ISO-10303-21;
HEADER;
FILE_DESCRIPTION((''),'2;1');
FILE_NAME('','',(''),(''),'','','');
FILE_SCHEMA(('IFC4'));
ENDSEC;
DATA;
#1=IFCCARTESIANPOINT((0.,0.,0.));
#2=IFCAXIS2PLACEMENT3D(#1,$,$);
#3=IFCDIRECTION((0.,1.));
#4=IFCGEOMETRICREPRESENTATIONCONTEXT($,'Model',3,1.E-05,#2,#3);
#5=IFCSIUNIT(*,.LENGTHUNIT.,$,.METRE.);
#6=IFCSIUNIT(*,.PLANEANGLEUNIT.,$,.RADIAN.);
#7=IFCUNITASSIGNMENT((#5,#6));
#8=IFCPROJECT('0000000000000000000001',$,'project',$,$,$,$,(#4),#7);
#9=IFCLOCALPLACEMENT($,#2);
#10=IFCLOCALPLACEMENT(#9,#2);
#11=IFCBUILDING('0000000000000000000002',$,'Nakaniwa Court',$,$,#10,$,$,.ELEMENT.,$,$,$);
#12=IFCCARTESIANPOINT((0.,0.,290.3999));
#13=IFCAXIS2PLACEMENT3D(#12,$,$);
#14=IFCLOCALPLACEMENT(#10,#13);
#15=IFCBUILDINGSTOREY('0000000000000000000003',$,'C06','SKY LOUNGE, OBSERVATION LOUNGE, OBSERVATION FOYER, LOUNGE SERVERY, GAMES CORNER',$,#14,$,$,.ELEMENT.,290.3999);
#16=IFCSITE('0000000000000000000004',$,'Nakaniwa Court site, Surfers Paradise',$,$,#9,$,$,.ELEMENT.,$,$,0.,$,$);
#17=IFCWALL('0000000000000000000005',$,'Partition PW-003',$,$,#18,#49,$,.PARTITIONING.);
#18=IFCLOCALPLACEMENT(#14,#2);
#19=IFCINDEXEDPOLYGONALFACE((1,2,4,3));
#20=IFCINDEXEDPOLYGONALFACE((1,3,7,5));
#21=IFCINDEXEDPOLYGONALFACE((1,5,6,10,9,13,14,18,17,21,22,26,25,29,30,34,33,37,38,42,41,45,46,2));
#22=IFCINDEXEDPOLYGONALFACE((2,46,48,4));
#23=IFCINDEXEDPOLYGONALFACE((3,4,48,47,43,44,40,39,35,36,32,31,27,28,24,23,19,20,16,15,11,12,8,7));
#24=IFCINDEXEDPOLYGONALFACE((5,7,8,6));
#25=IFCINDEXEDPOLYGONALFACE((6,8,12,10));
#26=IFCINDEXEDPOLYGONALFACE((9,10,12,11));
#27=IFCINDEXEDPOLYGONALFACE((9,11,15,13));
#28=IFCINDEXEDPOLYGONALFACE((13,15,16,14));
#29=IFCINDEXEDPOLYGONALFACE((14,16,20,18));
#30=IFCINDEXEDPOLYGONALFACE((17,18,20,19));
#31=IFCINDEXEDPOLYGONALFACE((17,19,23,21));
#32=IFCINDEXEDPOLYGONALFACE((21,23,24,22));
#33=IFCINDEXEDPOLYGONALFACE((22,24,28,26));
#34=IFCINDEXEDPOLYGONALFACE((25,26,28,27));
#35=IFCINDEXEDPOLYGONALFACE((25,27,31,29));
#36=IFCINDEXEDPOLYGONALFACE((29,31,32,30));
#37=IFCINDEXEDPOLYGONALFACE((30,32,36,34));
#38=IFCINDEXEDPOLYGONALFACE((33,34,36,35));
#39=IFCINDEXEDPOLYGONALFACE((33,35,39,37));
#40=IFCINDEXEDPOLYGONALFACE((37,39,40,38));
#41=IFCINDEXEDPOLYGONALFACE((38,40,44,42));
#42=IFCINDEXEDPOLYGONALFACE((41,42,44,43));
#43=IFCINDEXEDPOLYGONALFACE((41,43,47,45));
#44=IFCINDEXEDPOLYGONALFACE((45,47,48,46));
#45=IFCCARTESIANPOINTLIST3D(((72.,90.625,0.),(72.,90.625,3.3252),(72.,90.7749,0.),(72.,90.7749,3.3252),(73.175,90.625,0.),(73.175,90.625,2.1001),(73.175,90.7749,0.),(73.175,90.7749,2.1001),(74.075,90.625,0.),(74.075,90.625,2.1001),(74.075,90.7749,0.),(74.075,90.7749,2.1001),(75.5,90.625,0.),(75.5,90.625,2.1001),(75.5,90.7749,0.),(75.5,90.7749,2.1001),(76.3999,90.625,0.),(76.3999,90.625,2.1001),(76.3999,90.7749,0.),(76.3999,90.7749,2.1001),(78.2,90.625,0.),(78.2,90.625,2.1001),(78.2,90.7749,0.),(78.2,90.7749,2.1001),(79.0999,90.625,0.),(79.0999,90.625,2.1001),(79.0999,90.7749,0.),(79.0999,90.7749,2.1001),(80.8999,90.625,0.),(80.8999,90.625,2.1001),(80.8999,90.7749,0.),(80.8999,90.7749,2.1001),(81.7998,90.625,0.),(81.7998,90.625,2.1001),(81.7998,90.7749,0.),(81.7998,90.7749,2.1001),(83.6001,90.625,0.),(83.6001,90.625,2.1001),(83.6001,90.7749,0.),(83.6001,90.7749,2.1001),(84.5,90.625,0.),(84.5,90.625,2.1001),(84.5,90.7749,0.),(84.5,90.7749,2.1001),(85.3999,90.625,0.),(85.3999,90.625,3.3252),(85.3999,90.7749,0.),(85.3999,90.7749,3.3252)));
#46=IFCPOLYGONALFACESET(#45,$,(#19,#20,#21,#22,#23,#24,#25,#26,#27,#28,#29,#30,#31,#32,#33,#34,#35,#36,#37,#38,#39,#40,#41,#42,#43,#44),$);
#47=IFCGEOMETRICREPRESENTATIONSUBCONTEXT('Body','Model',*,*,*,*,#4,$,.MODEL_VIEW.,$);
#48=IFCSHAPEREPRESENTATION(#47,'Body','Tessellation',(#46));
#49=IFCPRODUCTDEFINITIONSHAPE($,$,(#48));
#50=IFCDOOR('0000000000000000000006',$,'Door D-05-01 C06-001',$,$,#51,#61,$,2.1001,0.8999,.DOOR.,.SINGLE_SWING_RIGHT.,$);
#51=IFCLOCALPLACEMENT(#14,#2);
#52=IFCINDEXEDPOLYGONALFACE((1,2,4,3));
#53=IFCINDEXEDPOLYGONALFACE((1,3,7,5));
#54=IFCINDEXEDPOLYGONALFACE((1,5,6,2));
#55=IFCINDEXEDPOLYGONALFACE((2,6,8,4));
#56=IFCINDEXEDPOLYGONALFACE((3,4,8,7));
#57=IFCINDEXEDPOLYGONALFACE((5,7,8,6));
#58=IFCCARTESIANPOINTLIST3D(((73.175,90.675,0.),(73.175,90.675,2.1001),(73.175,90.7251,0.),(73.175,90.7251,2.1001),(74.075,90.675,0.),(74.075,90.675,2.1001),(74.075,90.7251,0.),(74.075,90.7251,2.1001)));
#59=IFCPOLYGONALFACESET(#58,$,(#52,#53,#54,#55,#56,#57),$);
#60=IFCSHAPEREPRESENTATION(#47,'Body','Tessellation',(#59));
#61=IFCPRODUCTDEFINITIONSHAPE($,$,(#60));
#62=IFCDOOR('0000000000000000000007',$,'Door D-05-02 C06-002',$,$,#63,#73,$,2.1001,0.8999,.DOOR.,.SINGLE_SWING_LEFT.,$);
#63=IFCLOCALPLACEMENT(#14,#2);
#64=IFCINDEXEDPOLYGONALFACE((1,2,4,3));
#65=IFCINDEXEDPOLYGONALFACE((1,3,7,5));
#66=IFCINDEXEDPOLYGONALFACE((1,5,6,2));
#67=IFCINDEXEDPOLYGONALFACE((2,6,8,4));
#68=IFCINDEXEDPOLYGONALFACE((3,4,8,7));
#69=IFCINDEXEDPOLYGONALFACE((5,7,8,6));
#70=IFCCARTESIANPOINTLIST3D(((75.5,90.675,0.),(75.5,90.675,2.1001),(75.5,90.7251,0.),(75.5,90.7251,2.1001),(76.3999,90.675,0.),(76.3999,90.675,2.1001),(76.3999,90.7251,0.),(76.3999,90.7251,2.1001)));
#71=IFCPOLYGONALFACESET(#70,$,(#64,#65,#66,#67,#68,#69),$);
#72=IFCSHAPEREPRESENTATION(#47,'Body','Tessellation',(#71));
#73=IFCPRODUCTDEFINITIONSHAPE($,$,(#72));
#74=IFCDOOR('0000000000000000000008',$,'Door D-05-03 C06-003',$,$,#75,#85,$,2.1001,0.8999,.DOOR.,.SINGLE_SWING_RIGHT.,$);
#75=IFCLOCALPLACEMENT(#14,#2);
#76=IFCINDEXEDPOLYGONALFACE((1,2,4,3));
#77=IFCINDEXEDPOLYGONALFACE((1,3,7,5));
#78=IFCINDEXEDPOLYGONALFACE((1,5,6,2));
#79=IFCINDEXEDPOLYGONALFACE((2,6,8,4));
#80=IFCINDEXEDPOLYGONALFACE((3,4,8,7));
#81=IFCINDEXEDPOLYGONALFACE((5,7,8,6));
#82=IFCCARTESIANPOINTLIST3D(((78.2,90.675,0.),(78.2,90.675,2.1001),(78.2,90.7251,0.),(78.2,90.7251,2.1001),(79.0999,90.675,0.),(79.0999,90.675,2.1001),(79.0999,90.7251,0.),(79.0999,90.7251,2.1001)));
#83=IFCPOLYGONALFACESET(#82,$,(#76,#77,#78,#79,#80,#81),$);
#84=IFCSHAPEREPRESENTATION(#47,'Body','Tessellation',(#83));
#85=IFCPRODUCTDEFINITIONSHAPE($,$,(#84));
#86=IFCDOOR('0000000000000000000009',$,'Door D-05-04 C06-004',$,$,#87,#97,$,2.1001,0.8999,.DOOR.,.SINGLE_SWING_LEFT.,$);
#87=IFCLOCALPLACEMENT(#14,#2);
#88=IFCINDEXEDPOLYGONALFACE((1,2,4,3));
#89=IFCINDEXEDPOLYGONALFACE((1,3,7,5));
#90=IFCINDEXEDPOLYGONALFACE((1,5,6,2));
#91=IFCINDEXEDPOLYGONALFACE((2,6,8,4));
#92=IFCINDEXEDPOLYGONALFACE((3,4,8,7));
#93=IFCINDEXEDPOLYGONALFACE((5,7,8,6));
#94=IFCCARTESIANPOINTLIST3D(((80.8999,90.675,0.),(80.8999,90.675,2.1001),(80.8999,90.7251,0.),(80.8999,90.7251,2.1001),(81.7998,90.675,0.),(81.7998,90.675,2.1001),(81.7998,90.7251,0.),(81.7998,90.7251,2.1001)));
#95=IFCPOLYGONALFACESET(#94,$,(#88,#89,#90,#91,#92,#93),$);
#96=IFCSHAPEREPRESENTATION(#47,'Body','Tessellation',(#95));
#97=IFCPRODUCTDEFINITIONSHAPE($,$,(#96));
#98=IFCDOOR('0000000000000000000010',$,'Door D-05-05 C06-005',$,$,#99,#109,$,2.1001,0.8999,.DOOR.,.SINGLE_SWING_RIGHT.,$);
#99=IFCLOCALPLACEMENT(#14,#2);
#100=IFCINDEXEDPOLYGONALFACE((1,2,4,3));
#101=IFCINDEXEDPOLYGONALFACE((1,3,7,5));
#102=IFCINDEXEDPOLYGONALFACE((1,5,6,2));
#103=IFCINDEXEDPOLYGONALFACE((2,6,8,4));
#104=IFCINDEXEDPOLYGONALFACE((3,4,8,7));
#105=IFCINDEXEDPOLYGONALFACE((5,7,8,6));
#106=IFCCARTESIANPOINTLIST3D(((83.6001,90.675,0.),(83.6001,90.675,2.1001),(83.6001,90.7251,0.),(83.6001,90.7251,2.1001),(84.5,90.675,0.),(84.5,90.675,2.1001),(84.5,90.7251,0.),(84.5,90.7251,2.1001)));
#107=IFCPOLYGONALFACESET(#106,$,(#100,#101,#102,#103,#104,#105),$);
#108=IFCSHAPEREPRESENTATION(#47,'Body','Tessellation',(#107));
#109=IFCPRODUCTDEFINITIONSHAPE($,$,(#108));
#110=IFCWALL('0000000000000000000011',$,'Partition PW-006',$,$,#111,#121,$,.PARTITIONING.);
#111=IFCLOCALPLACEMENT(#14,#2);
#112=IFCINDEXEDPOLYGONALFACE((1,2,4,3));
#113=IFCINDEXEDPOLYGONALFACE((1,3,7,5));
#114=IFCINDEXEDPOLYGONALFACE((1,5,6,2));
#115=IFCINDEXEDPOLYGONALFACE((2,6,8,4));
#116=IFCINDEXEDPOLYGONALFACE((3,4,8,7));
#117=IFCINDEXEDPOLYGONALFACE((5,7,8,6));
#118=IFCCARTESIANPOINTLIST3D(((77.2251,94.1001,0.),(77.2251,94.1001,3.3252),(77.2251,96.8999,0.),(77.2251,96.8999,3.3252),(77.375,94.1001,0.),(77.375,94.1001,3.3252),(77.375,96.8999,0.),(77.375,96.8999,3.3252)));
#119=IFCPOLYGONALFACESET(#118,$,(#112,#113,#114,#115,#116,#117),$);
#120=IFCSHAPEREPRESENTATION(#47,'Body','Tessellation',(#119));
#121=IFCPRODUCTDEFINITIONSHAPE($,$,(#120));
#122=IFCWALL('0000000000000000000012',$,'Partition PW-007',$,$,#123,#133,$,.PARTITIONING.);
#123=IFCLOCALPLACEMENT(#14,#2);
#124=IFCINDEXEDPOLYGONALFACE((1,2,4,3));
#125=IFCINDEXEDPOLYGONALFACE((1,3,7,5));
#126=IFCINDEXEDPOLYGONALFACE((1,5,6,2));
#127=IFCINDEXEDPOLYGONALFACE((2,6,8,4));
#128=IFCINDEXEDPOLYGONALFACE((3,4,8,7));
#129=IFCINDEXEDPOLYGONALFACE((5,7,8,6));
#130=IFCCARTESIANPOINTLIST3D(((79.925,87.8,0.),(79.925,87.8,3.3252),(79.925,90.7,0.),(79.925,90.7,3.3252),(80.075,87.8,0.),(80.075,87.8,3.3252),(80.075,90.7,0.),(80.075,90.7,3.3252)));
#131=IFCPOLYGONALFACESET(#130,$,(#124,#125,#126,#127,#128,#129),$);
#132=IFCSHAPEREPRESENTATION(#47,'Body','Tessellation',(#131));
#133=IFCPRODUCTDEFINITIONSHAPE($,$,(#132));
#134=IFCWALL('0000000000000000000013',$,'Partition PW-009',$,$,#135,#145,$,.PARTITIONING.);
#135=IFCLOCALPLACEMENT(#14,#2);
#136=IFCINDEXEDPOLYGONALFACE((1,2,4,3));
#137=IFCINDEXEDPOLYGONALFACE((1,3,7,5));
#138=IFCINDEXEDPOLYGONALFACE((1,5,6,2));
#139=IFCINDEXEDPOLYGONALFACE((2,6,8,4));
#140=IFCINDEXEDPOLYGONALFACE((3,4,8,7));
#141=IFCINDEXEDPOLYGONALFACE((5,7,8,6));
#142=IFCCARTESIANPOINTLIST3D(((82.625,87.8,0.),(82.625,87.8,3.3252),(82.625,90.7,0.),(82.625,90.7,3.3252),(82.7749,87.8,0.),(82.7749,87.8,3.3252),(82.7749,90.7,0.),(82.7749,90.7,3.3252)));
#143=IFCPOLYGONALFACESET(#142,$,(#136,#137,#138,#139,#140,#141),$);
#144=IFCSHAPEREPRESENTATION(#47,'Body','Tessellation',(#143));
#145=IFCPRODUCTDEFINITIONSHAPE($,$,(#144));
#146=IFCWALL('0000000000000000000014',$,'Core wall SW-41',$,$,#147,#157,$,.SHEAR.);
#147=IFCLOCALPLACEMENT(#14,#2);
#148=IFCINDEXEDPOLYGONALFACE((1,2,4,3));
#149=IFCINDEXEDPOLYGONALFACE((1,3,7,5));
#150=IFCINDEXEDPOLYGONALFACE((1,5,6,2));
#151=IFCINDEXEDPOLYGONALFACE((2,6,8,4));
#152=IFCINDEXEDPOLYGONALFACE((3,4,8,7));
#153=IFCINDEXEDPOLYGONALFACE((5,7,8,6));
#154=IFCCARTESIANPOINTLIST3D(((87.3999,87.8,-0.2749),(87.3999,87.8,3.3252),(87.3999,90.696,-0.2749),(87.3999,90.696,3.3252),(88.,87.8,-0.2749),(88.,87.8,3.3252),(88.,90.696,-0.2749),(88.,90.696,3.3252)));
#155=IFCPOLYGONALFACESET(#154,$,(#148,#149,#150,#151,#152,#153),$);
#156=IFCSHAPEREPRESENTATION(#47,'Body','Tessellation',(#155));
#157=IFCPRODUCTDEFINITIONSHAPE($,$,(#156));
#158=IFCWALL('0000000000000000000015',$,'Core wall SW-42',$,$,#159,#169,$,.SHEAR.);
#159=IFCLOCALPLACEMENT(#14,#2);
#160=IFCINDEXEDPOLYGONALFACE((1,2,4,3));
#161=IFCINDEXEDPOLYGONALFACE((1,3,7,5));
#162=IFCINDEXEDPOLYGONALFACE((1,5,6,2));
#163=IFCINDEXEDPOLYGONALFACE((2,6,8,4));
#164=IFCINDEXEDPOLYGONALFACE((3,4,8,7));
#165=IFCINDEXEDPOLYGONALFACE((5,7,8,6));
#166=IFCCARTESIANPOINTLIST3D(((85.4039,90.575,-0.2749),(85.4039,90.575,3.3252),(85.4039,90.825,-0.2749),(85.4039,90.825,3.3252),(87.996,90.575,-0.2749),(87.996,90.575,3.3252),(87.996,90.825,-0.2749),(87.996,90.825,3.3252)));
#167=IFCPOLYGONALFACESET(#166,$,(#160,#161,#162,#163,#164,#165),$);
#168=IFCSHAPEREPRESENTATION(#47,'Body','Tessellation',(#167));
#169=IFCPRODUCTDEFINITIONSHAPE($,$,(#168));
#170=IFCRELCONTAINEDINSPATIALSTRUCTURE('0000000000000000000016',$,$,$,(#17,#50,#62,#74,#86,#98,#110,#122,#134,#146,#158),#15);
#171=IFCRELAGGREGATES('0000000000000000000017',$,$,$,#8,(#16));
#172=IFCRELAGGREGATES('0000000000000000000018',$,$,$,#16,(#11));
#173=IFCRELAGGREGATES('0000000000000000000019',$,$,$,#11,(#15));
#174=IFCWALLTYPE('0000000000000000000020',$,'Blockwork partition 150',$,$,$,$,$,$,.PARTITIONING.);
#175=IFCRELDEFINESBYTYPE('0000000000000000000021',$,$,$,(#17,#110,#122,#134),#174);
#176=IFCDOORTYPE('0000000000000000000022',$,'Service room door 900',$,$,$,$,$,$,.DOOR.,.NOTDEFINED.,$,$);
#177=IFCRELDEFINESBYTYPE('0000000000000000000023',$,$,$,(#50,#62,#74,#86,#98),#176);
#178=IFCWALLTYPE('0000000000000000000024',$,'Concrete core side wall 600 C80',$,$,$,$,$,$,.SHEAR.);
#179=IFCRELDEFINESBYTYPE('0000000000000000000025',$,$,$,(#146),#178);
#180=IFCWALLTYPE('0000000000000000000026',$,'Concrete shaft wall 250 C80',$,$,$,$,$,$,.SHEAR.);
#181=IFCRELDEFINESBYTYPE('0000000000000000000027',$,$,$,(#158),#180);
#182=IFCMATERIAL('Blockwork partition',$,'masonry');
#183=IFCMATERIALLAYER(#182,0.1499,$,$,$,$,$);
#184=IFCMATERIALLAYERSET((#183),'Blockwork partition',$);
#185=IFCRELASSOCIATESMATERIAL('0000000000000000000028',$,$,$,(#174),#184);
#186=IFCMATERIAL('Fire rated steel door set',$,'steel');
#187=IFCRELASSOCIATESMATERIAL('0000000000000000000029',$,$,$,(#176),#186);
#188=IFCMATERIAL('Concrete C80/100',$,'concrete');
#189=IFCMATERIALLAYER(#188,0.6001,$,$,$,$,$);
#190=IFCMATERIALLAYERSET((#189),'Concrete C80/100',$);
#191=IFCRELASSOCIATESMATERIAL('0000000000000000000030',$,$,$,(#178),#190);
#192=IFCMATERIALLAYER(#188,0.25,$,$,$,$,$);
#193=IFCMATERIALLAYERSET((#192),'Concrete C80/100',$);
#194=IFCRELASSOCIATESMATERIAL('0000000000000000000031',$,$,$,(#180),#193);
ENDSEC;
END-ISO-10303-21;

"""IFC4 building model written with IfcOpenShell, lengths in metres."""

from ifc_helpers import new_model, si_unit, direction, frame, frame_2d, origin, place, context, subcontext, project, spatial, rectangle, extrude, material, layer, layer_set, type_object, element, fill, save


model = new_model("IFC4")

# Units and contexts
model_context = context("Model", 3, precision=1e-05, world=origin(), true_north=direction((0.0, 1.0)))
body_context = subcontext(model_context, "Body", "Model", "MODEL_VIEW")
ifc_project = project(units=[si_unit("LENGTHUNIT", "METRE"), si_unit("PLANEANGLEUNIT", "RADIAN")], contexts=[model_context])

# Site, building, storey
site_placement = place(None, origin())
site = spatial("IfcSite", under=ifc_project, at=site_placement, Name="Nakaniwa Court site, Surfers Paradise", CompositionType="ELEMENT", RefElevation=0.0)
building_placement = place(site_placement, origin())
building = spatial("IfcBuilding", under=site, at=building_placement, Name="Nakaniwa Court", CompositionType="ELEMENT")
storey_placement = place(building_placement, frame((0.0, 0.0, 290.3999)))
storey = spatial("IfcBuildingStorey", under=building, at=storey_placement, Name="C06", Description="SKY LOUNGE, OBSERVATION LOUNGE, OBSERVATION FOYER, LOUNGE SERVERY, GAMES CORNER", CompositionType="ELEMENT", Elevation=290.3999)

# Shared definitions
ifc_material_1 = material(Name="Concrete C80/100", Category="concrete")

# Wall, openings, doors
ifc_material_2 = material(Name="Blockwork partition", Category="masonry")
ifc_layer_1 = layer(ifc_material_2, 0.1499)
ifc_layer_set_1 = layer_set([ifc_layer_1], Name="Blockwork partition")
wall_type_1 = type_object("IfcWallType", Name="Blockwork partition 150", PredefinedType="PARTITIONING", material=ifc_layer_set_1)
wall_1_placement = place(storey_placement, frame((85.3999, 90.7, 0.0), z_axis=(0.0, 0.0, 1.0), x_axis=(-1.0, 0.0, 0.0)))
wall_1 = element("IfcWall", 1, at=wall_1_placement, inside=storey, type_object=wall_type_1, Name="Partition PW-003", PredefinedType="PARTITIONING", context=body_context, shape_type="SweptSolid", body=[
    extrude(rectangle(XDim=13.3999, YDim=0.1499, at=frame_2d((6.7, 0.0))), origin(), (0.0, 0.0, 1.0), 3.3252),
])
opening_1_placement = place(wall_1_placement, frame((11.325, 0.0, 0.0)))
opening_1 = element("IfcOpeningElement", 2, at=opening_1_placement, cuts=wall_1, PredefinedType="OPENING", context=body_context, shape_type="SweptSolid", body=[
    extrude(rectangle(XDim=0.8999, YDim=2.1001, at=frame_2d((0.45, 1.05))), frame((0.0, 0.085, 0.0), z_axis=(0.0, -1.0, 0.0), x_axis=(1.0, 0.0, 0.0)), (0.0, 0.0, 1.0), 0.1699),
])
opening_2_placement = place(wall_1_placement, frame((9.0, 0.0, 0.0)))
opening_2 = element("IfcOpeningElement", 3, at=opening_2_placement, cuts=wall_1, PredefinedType="OPENING", context=body_context, shape_type="SweptSolid", body=[
    extrude(rectangle(XDim=0.8999, YDim=2.1001, at=frame_2d((0.45, 1.05))), frame((0.0, 0.085, 0.0), z_axis=(0.0, -1.0, 0.0), x_axis=(1.0, 0.0, 0.0)), (0.0, 0.0, 1.0), 0.1699),
])
opening_3_placement = place(wall_1_placement, frame((6.3, 0.0, 0.0)))
opening_3 = element("IfcOpeningElement", 4, at=opening_3_placement, cuts=wall_1, PredefinedType="OPENING", context=body_context, shape_type="SweptSolid", body=[
    extrude(rectangle(XDim=0.8999, YDim=2.1001, at=frame_2d((0.45, 1.05))), frame((0.0, 0.085, 0.0), z_axis=(0.0, -1.0, 0.0), x_axis=(1.0, 0.0, 0.0)), (0.0, 0.0, 1.0), 0.1699),
])
opening_4_placement = place(wall_1_placement, frame((3.6001, 0.0, 0.0)))
opening_4 = element("IfcOpeningElement", 5, at=opening_4_placement, cuts=wall_1, PredefinedType="OPENING", context=body_context, shape_type="SweptSolid", body=[
    extrude(rectangle(XDim=0.8999, YDim=2.1001, at=frame_2d((0.45, 1.05))), frame((0.0, 0.085, 0.0), z_axis=(0.0, -1.0, 0.0), x_axis=(1.0, 0.0, 0.0)), (0.0, 0.0, 1.0), 0.1699),
])
opening_5_placement = place(wall_1_placement, frame((0.8999, 0.0, 0.0)))
opening_5 = element("IfcOpeningElement", 6, at=opening_5_placement, cuts=wall_1, PredefinedType="OPENING", context=body_context, shape_type="SweptSolid", body=[
    extrude(rectangle(XDim=0.8999, YDim=2.1001, at=frame_2d((0.45, 1.05))), frame((0.0, 0.085, 0.0), z_axis=(0.0, -1.0, 0.0), x_axis=(1.0, 0.0, 0.0)), (0.0, 0.0, 1.0), 0.1699),
])
ifc_material_3 = material(Name="Fire rated steel door set", Category="steel")
door_type_1 = type_object("IfcDoorType", Name="Service room door 900", OperationType="NOTDEFINED", PredefinedType="DOOR", material=ifc_material_3)
door_1_placement = place(opening_1_placement, origin())
door_1 = element("IfcDoor", 7, at=door_1_placement, inside=storey, type_object=door_type_1, Name="Door D-05-01 C06-001", OperationType="SINGLE_SWING_RIGHT", OverallHeight=2.1001, OverallWidth=0.8999, PredefinedType="DOOR", context=body_context, shape_type="SweptSolid", body=[
    extrude(rectangle(XDim=0.8999, YDim=2.1001, at=frame_2d((0.45, 1.05))), frame((0.0, 0.0249, 0.0), z_axis=(0.0, -1.0, 0.0), x_axis=(1.0, 0.0, 0.0)), (0.0, 0.0, 1.0), 0.05),
])
fill(opening_1, door_1)
door_2_placement = place(opening_2_placement, origin())
door_2 = element("IfcDoor", 8, at=door_2_placement, inside=storey, type_object=door_type_1, Name="Door D-05-02 C06-002", OperationType="SINGLE_SWING_LEFT", OverallHeight=2.1001, OverallWidth=0.8999, PredefinedType="DOOR", context=body_context, shape_type="SweptSolid", body=[
    extrude(rectangle(XDim=0.8999, YDim=2.1001, at=frame_2d((0.45, 1.05))), frame((0.0, 0.0249, 0.0), z_axis=(0.0, -1.0, 0.0), x_axis=(1.0, 0.0, 0.0)), (0.0, 0.0, 1.0), 0.05),
])
fill(opening_2, door_2)
door_3_placement = place(opening_3_placement, origin())
door_3 = element("IfcDoor", 9, at=door_3_placement, inside=storey, type_object=door_type_1, Name="Door D-05-03 C06-003", OperationType="SINGLE_SWING_RIGHT", OverallHeight=2.1001, OverallWidth=0.8999, PredefinedType="DOOR", context=body_context, shape_type="SweptSolid", body=[
    extrude(rectangle(XDim=0.8999, YDim=2.1001, at=frame_2d((0.45, 1.05))), frame((0.0, 0.0249, 0.0), z_axis=(0.0, -1.0, 0.0), x_axis=(1.0, 0.0, 0.0)), (0.0, 0.0, 1.0), 0.05),
])
fill(opening_3, door_3)
door_4_placement = place(opening_4_placement, origin())
door_4 = element("IfcDoor", 10, at=door_4_placement, inside=storey, type_object=door_type_1, Name="Door D-05-04 C06-004", OperationType="SINGLE_SWING_LEFT", OverallHeight=2.1001, OverallWidth=0.8999, PredefinedType="DOOR", context=body_context, shape_type="SweptSolid", body=[
    extrude(rectangle(XDim=0.8999, YDim=2.1001, at=frame_2d((0.45, 1.05))), frame((0.0, 0.0249, 0.0), z_axis=(0.0, -1.0, 0.0), x_axis=(1.0, 0.0, 0.0)), (0.0, 0.0, 1.0), 0.05),
])
fill(opening_4, door_4)
door_5_placement = place(opening_5_placement, origin())
door_5 = element("IfcDoor", 11, at=door_5_placement, inside=storey, type_object=door_type_1, Name="Door D-05-05 C06-005", OperationType="SINGLE_SWING_RIGHT", OverallHeight=2.1001, OverallWidth=0.8999, PredefinedType="DOOR", context=body_context, shape_type="SweptSolid", body=[
    extrude(rectangle(XDim=0.8999, YDim=2.1001, at=frame_2d((0.45, 1.05))), frame((0.0, 0.0249, 0.0), z_axis=(0.0, -1.0, 0.0), x_axis=(1.0, 0.0, 0.0)), (0.0, 0.0, 1.0), 0.05),
])
fill(opening_5, door_5)

# Walls
wall_2_placement = place(storey_placement, frame((77.3, 94.1001, 0.0), z_axis=(0.0, 0.0, 1.0), x_axis=(0.0, 1.0, 0.0)))
element("IfcWall", 12, at=wall_2_placement, inside=storey, type_object=wall_type_1, Name="Partition PW-006", PredefinedType="PARTITIONING", context=body_context, shape_type="SweptSolid", body=[
    extrude(rectangle(XDim=2.7998, YDim=0.1499, at=frame_2d((1.3999, 0.0))), origin(), (0.0, 0.0, 1.0), 3.3252),
])
for number, where, z_axis, x_axis, name in (
    (13, (80.0, 87.8, 0.0), (0.0, 0.0, 1.0), (0.0, 1.0, 0.0), "Partition PW-007"),
    (14, (82.7, 87.8, 0.0), (0.0, 0.0, 1.0), (0.0, 1.0, 0.0), "Partition PW-009"),
):
    element("IfcWall", number, at=place(storey_placement, frame(where, z_axis=z_axis, x_axis=x_axis)), inside=storey, type_object=wall_type_1, Name=name, PredefinedType="PARTITIONING", context=body_context, shape_type="SweptSolid", body=[
        extrude(rectangle(XDim=2.8999, YDim=0.1499, at=frame_2d((1.45, 0.0))), origin(), (0.0, 0.0, 1.0), 3.3252),
    ])
ifc_layer_2 = layer(ifc_material_1, 0.6001)
ifc_layer_set_2 = layer_set([ifc_layer_2], Name="Concrete C80/100")
wall_type_2 = type_object("IfcWallType", Name="Concrete core side wall 600 C80", PredefinedType="SHEAR", material=ifc_layer_set_2)
wall_3_placement = place(storey_placement, frame((87.7, 87.8, -0.2749), z_axis=(0.0, 0.0, 1.0), x_axis=(0.0, 1.0, 0.0)))
element("IfcWall", 15, at=wall_3_placement, inside=storey, type_object=wall_type_2, Name="Core wall SW-41", PredefinedType="SHEAR", context=body_context, shape_type="SweptSolid", body=[
    extrude(rectangle(XDim=2.896, YDim=0.6001, at=frame_2d((1.448, 0.0))), origin(), (0.0, 0.0, 1.0), 3.6001),
])
ifc_layer_3 = layer(ifc_material_1, 0.25)
ifc_layer_set_3 = layer_set([ifc_layer_3], Name="Concrete C80/100")
wall_type_3 = type_object("IfcWallType", Name="Concrete shaft wall 250 C80", PredefinedType="SHEAR", material=ifc_layer_set_3)
wall_4_placement = place(storey_placement, frame((85.4041, 90.7, -0.2749), z_axis=(0.0, 0.0, 1.0), x_axis=(1.0, 0.0, 0.0)))
element("IfcWall", 16, at=wall_4_placement, inside=storey, type_object=wall_type_3, Name="Core wall SW-42", PredefinedType="SHEAR", context=body_context, shape_type="SweptSolid", body=[
    extrude(rectangle(XDim=2.592, YDim=0.25, at=frame_2d((1.2959, 0.0))), origin(), (0.0, 0.0, 1.0), 3.6001),
])

save(model, "model.ifc")
